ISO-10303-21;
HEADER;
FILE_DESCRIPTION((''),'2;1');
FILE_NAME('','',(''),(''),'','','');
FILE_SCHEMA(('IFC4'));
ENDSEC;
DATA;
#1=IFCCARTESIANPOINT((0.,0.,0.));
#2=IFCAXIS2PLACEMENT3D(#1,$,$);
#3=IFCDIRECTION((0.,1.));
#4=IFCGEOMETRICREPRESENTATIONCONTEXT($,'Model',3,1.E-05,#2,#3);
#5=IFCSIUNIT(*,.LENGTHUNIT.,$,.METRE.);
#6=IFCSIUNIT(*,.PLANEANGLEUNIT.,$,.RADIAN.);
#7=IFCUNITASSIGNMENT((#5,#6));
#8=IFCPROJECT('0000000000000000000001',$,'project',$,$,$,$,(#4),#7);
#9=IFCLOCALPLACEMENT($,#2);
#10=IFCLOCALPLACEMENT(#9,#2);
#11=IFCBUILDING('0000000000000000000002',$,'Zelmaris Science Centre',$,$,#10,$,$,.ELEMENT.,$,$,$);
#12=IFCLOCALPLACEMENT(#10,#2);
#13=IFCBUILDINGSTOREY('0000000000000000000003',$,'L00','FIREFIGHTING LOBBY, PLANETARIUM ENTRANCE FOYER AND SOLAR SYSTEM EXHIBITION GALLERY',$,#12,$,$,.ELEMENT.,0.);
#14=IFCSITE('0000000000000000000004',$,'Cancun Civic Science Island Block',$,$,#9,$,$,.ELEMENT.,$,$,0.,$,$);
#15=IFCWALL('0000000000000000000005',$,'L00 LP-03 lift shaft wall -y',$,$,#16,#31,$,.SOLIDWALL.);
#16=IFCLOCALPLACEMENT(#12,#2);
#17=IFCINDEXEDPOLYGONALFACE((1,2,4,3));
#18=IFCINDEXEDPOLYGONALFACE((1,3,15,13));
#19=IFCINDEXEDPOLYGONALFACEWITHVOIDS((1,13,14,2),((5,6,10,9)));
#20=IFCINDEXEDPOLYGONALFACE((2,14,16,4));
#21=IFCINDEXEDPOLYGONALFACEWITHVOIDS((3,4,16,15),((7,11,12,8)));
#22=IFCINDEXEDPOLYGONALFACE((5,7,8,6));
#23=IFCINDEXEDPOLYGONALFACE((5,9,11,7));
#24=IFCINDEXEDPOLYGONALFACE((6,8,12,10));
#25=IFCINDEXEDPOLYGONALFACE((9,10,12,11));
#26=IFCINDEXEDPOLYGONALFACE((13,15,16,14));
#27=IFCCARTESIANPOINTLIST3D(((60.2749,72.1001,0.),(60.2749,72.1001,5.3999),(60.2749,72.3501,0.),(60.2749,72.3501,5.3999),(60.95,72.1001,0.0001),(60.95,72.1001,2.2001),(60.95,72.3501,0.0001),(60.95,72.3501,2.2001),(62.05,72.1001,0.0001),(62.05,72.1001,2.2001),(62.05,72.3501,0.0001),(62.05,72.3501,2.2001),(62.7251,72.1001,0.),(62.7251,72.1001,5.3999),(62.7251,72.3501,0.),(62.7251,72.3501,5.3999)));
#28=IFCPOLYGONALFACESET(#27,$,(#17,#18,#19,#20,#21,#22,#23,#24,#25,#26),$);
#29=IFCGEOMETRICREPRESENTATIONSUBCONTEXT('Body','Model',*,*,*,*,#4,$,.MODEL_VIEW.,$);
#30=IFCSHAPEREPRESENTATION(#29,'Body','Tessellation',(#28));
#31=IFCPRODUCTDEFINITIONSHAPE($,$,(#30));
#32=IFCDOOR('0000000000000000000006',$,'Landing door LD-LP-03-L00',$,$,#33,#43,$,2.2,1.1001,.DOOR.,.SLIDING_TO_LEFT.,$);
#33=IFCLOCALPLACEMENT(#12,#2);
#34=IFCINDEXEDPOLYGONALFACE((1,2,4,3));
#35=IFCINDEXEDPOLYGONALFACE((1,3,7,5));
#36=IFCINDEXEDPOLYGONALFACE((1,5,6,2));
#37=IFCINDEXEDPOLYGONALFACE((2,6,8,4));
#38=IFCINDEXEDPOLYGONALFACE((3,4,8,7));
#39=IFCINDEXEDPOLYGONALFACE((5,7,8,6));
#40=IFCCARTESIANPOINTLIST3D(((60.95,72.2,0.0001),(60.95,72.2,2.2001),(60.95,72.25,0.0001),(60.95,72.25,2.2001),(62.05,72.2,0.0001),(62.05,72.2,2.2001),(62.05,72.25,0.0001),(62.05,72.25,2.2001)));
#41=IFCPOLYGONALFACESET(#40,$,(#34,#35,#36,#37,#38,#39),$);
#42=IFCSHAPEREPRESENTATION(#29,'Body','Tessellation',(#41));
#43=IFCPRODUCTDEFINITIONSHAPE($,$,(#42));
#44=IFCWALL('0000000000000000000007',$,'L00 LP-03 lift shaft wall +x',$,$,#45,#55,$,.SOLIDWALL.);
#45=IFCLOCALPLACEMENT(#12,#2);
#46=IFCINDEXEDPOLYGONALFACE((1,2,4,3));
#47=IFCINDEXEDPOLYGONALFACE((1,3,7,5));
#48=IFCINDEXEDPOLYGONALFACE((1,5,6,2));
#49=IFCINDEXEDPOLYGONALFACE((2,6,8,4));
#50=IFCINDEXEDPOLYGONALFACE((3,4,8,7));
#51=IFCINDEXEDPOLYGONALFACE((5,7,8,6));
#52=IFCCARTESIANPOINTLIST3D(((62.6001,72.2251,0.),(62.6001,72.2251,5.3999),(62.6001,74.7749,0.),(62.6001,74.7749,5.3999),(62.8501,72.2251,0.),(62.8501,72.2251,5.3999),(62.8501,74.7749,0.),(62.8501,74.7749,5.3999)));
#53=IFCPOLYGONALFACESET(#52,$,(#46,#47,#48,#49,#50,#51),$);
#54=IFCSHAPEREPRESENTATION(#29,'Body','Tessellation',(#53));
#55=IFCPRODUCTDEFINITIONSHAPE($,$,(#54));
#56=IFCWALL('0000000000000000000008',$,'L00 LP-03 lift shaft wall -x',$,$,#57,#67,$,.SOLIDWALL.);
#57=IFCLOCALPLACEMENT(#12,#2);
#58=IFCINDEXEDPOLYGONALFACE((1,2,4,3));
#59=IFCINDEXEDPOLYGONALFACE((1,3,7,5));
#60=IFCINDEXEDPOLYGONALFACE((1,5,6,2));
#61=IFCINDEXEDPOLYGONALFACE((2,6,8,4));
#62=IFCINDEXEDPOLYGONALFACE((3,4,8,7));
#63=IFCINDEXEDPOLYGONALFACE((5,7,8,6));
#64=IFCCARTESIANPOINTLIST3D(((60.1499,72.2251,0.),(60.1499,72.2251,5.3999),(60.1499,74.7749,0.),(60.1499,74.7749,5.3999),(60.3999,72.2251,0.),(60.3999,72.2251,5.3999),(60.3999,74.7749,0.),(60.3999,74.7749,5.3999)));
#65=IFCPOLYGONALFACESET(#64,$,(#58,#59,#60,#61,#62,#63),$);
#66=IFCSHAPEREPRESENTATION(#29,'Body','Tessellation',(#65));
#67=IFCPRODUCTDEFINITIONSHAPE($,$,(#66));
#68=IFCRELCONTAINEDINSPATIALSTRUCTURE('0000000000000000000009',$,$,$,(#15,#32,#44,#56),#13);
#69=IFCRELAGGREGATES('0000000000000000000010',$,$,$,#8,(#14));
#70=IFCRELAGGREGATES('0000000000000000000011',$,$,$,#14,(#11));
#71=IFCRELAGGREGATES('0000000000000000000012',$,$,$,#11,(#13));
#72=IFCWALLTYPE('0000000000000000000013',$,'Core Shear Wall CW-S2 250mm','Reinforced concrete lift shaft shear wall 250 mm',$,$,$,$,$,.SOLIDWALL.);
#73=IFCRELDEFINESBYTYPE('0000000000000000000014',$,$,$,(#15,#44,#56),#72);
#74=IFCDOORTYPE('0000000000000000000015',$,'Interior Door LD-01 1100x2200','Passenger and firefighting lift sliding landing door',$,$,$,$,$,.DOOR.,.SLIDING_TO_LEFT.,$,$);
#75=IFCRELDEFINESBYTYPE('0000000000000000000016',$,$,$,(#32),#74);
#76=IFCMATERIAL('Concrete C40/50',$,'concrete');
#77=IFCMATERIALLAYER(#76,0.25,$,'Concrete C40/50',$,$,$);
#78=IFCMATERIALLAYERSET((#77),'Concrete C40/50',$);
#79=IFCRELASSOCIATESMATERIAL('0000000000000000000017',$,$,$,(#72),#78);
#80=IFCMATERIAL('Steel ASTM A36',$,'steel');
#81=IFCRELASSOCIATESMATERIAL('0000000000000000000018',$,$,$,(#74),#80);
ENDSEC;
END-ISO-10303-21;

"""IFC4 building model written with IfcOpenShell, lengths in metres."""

from ifc_helpers import new_model, si_unit, direction, frame, frame_2d, origin, place, context, subcontext, project, spatial, rectangle, extrude, material, layer, layer_set, type_object, element, fill, save


model = new_model("IFC4")

# Units and contexts
model_context = context("Model", 3, precision=1e-05, world=origin(), true_north=direction((0.0, 1.0)))
body_context = subcontext(model_context, "Body", "Model", "MODEL_VIEW")
ifc_project = project(units=[si_unit("LENGTHUNIT", "METRE"), si_unit("PLANEANGLEUNIT", "RADIAN")], contexts=[model_context])

# Site, building, storey
site_placement = place(None, origin())
site = spatial("IfcSite", under=ifc_project, at=site_placement, Name="Cancun Civic Science Island Block", CompositionType="ELEMENT", RefElevation=0.0)
building_placement = place(site_placement, origin())
building = spatial("IfcBuilding", under=site, at=building_placement, Name="Zelmaris Science Centre", CompositionType="ELEMENT")
storey_placement = place(building_placement, origin())
storey = spatial("IfcBuildingStorey", under=building, at=storey_placement, Name="L00", Description="FIREFIGHTING LOBBY, PLANETARIUM ENTRANCE FOYER AND SOLAR SYSTEM EXHIBITION GALLERY", CompositionType="ELEMENT", Elevation=0.0)

# Wall, opening, door
ifc_material_1 = material(Name="Concrete C40/50", Category="concrete")
ifc_layer_1 = layer(ifc_material_1, 0.25, Name="Concrete C40/50")
ifc_layer_set_1 = layer_set([ifc_layer_1], Name="Concrete C40/50")
wall_type = type_object("IfcWallType", Name="Core Shear Wall CW-S2 250mm", Description="Reinforced concrete lift shaft shear wall 250 mm", PredefinedType="SOLIDWALL", material=ifc_layer_set_1)
wall_placement = place(storey_placement, frame((60.2749, 72.2251, 0.0), z_axis=(0.0, 0.0, 1.0), x_axis=(1.0, 0.0, 0.0)))
wall = element("IfcWall", 1, at=wall_placement, inside=storey, type_object=wall_type, Name="L00 LP-03 lift shaft wall -y", PredefinedType="SOLIDWALL", context=body_context, shape_type="SweptSolid", body=[
    extrude(rectangle(XDim=2.4502, YDim=0.25, at=frame_2d((1.2251, 0.0))), origin(), (0.0, 0.0, 1.0), 5.3999),
])
opening_placement = place(wall_placement, frame((0.675, 0.0, 0.0)))
opening = element("IfcOpeningElement", 2, at=opening_placement, cuts=wall, PredefinedType="OPENING", context=body_context, shape_type="SweptSolid", body=[
    extrude(rectangle(XDim=1.1001, YDim=2.2, at=frame_2d((0.55, 1.1001))), frame((0.0, 0.135, 0.0), z_axis=(0.0, -1.0, 0.0), x_axis=(1.0, 0.0, 0.0)), (0.0, 0.0, 1.0), 0.27),
])
ifc_material_2 = material(Name="Steel ASTM A36", Category="steel")
door_type = type_object("IfcDoorType", Name="Interior Door LD-01 1100x2200", Description="Passenger and firefighting lift sliding landing door", OperationType="SLIDING_TO_LEFT", PredefinedType="DOOR", material=ifc_material_2)
door_placement = place(opening_placement, origin())
door = element("IfcDoor", 3, at=door_placement, inside=storey, type_object=door_type, Name="Landing door LD-LP-03-L00", OperationType="SLIDING_TO_LEFT", OverallHeight=2.2, OverallWidth=1.1001, PredefinedType="DOOR", context=body_context, shape_type="SweptSolid", body=[
    extrude(rectangle(XDim=1.1001, YDim=2.2, at=frame_2d((0.55, 1.1001))), frame((0.0, 0.0249, 0.0), z_axis=(0.0, -1.0, 0.0), x_axis=(1.0, 0.0, 0.0)), (0.0, 0.0, 1.0), 0.05),
])
fill(opening, door)

# Walls
for number, where, z_axis, x_axis, name in (
    (4, (62.7251, 72.2251, 0.0), (0.0, 0.0, 1.0), (0.0, 1.0, 0.0), "L00 LP-03 lift shaft wall +x"),
    (5, (60.2749, 74.7749, 0.0), (0.0, 0.0, 1.0), (0.0, -1.0, 0.0), "L00 LP-03 lift shaft wall -x"),
):
    element("IfcWall", number, at=place(storey_placement, frame(where, z_axis=z_axis, x_axis=x_axis)), inside=storey, type_object=wall_type, Name=name, PredefinedType="SOLIDWALL", context=body_context, shape_type="SweptSolid", body=[
        extrude(rectangle(XDim=2.5498, YDim=0.25, at=frame_2d((1.2749, 0.0))), origin(), (0.0, 0.0, 1.0), 5.3999),
    ])

save(model, "model.ifc")
